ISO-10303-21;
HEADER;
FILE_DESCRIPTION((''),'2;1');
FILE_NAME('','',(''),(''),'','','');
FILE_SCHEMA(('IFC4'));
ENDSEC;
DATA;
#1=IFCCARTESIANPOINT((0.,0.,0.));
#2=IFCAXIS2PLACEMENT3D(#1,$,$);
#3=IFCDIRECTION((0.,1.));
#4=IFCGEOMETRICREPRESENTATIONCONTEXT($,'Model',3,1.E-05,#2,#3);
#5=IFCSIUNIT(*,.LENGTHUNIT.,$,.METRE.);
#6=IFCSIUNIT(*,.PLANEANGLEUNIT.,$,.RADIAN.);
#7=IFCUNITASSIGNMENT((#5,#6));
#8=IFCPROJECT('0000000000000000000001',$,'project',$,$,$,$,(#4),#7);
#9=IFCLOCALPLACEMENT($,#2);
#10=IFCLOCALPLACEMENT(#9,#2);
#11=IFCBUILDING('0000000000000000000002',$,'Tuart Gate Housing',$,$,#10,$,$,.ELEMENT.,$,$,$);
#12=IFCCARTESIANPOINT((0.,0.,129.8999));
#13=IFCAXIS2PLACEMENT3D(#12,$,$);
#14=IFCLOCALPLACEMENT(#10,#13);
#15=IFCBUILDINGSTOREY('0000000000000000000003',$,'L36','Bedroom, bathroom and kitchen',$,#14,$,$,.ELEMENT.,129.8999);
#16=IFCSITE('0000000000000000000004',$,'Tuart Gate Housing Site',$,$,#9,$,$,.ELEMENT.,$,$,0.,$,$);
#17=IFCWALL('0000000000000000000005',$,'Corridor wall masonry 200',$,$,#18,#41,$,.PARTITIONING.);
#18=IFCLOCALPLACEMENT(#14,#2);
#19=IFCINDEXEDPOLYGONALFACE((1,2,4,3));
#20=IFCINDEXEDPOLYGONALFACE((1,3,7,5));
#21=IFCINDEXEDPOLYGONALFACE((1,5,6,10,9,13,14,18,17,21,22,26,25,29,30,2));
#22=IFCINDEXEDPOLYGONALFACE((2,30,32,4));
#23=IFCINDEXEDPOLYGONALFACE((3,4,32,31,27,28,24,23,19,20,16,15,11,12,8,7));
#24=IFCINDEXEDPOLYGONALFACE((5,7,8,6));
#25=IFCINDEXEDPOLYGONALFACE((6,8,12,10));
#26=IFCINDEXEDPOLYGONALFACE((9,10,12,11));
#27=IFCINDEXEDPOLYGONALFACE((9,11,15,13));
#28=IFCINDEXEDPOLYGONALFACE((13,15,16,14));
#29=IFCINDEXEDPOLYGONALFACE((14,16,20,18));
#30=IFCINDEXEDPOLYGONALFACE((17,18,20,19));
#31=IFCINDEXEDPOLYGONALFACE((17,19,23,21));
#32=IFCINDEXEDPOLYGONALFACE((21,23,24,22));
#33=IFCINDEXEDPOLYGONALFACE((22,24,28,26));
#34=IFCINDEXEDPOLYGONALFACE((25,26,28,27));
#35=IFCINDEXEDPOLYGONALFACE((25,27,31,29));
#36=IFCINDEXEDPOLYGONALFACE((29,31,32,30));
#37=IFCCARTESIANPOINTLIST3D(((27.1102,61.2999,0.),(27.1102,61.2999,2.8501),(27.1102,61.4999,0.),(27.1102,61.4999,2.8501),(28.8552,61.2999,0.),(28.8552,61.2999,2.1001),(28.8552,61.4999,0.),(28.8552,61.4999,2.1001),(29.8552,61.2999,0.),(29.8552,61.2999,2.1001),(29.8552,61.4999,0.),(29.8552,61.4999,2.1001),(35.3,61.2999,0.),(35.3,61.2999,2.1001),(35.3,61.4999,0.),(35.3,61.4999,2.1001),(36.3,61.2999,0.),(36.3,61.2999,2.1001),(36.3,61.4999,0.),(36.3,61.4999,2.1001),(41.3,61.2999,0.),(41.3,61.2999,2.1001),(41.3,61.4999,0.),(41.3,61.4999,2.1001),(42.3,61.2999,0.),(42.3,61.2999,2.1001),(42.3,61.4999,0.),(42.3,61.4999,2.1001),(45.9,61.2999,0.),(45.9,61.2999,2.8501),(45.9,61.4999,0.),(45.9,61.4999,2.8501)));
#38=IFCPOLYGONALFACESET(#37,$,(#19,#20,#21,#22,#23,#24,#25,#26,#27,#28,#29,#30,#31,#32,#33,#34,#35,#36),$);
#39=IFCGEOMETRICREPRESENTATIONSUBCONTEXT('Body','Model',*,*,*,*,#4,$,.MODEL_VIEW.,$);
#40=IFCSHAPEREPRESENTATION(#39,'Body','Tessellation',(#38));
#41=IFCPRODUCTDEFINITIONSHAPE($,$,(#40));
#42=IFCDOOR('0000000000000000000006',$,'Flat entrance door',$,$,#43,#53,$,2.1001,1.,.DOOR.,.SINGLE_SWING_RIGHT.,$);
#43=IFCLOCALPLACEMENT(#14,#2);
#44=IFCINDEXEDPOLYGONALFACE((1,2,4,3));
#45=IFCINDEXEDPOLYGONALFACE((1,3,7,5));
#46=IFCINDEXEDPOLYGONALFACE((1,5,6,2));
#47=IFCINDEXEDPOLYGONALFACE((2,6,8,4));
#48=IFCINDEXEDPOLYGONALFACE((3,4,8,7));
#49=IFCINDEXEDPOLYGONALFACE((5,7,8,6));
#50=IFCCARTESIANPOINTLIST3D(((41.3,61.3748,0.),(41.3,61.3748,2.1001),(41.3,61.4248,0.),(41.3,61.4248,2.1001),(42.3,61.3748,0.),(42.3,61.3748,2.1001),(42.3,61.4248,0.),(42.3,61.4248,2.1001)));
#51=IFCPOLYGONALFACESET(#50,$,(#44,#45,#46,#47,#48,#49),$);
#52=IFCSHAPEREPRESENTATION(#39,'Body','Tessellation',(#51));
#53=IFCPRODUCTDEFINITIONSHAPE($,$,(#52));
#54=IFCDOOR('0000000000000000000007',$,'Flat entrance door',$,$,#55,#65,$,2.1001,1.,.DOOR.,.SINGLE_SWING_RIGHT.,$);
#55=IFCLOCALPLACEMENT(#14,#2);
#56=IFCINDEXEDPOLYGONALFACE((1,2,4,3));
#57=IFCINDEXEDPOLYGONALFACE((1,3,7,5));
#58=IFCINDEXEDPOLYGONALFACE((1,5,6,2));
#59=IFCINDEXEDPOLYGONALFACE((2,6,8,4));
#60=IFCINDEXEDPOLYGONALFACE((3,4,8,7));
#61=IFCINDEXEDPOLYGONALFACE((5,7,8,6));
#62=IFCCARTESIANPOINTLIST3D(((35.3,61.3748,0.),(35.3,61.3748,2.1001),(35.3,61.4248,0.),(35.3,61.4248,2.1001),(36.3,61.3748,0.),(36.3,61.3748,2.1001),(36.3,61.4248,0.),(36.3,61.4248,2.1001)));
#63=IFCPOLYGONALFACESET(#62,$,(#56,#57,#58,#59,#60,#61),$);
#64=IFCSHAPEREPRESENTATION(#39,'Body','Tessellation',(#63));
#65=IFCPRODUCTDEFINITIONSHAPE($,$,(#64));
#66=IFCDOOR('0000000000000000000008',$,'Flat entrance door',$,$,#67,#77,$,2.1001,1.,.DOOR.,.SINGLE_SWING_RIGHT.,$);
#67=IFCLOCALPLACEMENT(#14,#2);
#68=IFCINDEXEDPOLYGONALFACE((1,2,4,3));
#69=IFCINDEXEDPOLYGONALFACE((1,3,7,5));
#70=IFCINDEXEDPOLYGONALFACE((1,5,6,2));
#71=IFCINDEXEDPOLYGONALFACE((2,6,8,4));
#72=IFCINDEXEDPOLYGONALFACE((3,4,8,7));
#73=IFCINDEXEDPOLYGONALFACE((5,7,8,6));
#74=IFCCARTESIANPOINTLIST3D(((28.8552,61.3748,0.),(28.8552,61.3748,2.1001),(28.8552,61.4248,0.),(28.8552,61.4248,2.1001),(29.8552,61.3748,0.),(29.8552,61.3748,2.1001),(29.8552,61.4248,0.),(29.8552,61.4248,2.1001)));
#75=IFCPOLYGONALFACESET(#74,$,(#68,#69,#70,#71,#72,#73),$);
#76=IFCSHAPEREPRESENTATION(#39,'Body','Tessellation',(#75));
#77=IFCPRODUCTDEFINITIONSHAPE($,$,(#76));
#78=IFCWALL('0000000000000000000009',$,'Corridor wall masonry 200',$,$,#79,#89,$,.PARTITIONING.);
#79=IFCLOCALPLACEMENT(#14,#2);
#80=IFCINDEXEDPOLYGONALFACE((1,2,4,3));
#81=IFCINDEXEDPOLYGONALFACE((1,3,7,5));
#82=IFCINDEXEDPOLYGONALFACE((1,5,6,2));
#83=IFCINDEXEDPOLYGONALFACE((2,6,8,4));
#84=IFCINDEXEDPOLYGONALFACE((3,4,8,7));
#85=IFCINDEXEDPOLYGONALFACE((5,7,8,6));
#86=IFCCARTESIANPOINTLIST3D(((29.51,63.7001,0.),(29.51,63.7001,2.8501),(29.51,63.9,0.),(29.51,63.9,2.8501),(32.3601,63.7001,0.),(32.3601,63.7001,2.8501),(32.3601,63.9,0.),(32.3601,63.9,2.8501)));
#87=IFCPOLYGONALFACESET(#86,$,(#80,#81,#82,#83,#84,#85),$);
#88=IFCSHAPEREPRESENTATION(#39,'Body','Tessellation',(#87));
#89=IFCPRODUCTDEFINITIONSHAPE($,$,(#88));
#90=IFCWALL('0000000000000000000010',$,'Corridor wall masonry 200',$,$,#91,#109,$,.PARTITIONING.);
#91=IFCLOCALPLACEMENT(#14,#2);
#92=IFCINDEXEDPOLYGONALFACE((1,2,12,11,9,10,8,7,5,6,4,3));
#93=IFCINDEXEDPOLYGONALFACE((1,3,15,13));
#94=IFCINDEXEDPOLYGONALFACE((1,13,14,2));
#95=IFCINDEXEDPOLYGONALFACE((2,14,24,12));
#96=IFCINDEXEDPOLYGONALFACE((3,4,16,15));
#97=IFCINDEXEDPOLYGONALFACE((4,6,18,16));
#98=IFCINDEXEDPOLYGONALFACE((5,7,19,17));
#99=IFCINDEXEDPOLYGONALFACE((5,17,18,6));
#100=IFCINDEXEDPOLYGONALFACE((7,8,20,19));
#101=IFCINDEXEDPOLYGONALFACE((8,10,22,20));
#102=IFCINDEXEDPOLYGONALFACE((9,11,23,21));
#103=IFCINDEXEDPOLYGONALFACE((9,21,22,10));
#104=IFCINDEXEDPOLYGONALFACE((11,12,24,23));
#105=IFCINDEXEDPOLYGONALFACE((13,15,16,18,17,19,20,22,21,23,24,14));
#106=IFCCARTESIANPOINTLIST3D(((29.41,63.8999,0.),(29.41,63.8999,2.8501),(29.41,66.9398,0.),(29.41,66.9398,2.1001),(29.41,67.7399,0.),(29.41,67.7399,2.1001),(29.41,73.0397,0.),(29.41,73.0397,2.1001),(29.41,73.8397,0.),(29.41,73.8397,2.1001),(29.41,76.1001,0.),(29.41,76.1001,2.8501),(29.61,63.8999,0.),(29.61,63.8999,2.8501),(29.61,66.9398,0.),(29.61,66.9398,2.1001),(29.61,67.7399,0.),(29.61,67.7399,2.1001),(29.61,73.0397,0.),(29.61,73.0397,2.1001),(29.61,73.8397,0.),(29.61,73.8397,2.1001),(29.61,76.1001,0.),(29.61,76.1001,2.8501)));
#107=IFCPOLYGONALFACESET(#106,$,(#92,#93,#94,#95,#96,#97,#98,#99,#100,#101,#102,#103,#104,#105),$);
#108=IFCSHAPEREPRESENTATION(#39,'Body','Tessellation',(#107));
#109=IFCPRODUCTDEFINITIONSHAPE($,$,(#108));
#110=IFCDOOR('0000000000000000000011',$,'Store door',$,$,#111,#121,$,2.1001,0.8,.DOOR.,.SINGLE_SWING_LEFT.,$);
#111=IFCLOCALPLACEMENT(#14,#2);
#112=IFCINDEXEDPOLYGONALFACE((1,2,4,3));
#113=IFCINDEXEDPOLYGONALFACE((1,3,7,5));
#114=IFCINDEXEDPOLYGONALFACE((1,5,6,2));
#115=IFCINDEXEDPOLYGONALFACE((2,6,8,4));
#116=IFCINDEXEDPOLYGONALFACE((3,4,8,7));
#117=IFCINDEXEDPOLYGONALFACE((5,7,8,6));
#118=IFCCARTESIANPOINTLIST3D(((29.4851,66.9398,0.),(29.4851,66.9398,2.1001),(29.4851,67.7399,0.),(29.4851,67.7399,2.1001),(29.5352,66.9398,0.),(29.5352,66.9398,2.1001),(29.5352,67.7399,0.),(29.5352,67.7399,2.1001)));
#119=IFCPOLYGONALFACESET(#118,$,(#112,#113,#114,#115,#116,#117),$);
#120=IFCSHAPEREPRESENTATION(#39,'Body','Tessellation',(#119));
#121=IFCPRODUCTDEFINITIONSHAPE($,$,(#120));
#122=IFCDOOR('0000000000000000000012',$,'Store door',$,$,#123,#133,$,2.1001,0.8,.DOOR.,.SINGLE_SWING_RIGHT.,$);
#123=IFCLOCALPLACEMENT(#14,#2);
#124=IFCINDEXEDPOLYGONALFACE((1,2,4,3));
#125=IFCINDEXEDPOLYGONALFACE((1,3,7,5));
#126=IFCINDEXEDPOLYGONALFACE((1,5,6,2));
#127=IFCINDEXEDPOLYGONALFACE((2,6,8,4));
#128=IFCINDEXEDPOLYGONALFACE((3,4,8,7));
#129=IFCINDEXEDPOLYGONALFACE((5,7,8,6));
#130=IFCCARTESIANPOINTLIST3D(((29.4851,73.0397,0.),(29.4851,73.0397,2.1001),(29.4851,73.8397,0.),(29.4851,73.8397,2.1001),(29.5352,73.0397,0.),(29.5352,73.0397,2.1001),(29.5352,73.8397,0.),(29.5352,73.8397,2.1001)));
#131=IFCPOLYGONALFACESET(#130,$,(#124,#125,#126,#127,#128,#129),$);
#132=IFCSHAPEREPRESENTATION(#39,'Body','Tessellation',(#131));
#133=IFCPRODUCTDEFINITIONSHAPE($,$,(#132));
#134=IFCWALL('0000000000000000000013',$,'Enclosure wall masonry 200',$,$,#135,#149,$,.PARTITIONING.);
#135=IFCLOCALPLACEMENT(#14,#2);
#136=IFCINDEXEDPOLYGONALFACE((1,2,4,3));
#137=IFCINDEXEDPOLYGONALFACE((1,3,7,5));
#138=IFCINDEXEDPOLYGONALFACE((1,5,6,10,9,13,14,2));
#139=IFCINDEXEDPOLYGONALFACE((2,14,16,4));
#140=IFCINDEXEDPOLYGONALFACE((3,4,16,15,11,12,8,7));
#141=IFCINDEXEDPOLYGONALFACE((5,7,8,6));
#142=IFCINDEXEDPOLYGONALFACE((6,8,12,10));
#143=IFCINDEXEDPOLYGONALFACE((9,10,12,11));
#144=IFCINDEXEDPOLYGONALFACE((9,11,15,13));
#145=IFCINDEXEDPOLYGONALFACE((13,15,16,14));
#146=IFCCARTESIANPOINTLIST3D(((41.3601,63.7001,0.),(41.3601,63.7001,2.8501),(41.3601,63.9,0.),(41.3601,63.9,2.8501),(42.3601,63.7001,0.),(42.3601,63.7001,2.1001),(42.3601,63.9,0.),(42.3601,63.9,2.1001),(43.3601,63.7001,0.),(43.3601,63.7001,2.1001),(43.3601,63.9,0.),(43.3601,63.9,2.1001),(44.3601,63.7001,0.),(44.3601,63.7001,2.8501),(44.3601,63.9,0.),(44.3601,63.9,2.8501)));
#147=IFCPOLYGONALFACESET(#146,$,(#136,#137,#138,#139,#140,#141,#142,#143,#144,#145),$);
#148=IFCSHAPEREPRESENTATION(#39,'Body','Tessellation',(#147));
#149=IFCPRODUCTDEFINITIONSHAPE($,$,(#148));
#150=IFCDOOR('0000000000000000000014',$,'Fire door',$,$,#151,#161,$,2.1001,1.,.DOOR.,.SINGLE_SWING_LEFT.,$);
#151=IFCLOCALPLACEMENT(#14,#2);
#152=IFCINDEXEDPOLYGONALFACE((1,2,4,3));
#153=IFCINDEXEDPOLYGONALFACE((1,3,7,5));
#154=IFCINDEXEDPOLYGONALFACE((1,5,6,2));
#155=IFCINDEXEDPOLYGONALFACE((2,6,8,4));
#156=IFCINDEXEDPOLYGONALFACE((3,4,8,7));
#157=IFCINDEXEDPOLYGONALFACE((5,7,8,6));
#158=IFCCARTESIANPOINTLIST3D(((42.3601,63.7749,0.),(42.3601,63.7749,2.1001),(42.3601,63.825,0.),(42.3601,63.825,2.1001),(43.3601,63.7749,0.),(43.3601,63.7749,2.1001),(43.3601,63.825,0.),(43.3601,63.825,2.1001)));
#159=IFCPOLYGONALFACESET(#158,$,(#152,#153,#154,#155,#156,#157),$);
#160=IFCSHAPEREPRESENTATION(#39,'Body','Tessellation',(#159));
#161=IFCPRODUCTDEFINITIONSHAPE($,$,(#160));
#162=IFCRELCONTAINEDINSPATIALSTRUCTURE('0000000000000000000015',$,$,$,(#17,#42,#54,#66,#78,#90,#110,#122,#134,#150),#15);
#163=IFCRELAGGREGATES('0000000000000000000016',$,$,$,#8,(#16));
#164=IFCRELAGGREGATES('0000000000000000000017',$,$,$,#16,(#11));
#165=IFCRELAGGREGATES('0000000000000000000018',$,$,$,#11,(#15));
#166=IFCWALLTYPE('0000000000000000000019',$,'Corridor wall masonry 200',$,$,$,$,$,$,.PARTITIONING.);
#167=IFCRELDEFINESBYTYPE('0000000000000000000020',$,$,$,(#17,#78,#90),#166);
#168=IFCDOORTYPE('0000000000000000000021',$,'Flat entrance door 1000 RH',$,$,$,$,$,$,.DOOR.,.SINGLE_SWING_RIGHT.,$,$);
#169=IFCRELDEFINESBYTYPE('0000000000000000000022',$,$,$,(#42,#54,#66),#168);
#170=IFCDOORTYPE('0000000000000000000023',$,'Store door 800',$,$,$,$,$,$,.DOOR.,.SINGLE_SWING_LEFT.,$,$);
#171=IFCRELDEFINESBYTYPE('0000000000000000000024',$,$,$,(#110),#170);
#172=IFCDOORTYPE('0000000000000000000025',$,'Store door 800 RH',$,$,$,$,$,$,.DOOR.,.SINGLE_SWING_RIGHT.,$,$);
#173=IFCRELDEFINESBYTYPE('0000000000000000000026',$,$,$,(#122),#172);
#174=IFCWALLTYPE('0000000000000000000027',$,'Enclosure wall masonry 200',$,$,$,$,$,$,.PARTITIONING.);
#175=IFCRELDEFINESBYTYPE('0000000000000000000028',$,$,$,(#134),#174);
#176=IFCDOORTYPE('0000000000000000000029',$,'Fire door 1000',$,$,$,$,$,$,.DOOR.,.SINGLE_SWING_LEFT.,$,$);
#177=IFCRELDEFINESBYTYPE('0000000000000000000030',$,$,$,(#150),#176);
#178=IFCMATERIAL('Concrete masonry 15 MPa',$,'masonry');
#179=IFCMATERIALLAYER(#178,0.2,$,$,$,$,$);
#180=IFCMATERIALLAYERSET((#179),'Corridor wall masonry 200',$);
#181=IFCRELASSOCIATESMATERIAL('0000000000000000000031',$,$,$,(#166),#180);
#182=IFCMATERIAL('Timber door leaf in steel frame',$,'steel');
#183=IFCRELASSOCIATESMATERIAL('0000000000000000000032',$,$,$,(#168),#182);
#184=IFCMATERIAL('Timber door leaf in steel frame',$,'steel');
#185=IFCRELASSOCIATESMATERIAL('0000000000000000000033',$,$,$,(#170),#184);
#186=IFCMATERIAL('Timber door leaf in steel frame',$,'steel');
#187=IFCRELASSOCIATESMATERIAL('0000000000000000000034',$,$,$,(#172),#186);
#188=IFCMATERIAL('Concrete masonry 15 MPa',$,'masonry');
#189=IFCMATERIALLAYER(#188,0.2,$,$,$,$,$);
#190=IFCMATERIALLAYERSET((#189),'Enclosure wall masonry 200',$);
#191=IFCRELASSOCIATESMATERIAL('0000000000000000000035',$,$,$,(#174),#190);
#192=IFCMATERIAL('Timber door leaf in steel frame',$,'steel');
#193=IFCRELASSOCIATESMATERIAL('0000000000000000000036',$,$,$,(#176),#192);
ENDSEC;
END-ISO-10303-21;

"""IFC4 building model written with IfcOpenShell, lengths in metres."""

from ifc_helpers import new_model, si_unit, direction, frame, frame_2d, origin, place, context, subcontext, project, spatial, rectangle, extrude, material, layer, layer_set, type_object, element, fill, save


model = new_model("IFC4")

# Units and contexts
model_context = context("Model", 3, precision=1e-05, world=origin(), true_north=direction((0.0, 1.0)))
body_context = subcontext(model_context, "Body", "Model", "MODEL_VIEW")
ifc_project = project(units=[si_unit("LENGTHUNIT", "METRE"), si_unit("PLANEANGLEUNIT", "RADIAN")], contexts=[model_context])

# Site, building, storey
site_placement = place(None, origin())
site = spatial("IfcSite", under=ifc_project, at=site_placement, Name="Tuart Gate Housing Site", CompositionType="ELEMENT", RefElevation=0.0)
building_placement = place(site_placement, origin())
building = spatial("IfcBuilding", under=site, at=building_placement, Name="Tuart Gate Housing", CompositionType="ELEMENT")
storey_placement = place(building_placement, frame((0.0, 0.0, 129.8999)))
storey = spatial("IfcBuildingStorey", under=building, at=storey_placement, Name="L36", Description="Bedroom, bathroom and kitchen", CompositionType="ELEMENT", Elevation=129.8999)

# Wall, openings, doors
ifc_material_1 = material(Name="Concrete masonry 15 MPa", Category="masonry")
ifc_layer_1 = layer(ifc_material_1, 0.2)
ifc_layer_set_1 = layer_set([ifc_layer_1], Name="Corridor wall masonry 200")
wall_type_1 = type_object("IfcWallType", Name="Corridor wall masonry 200", PredefinedType="PARTITIONING", material=ifc_layer_set_1)
wall_1_placement = place(storey_placement, frame((27.1101, 61.3999, 0.0), z_axis=(0.0, 0.0, 1.0), x_axis=(1.0, 0.0, 0.0)))
wall_1 = element("IfcWall", 1, at=wall_1_placement, inside=storey, type_object=wall_type_1, Name="Corridor wall masonry 200", PredefinedType="PARTITIONING", context=body_context, shape_type="SweptSolid", body=[
    extrude(rectangle(XDim=18.7898, YDim=0.2, at=frame_2d((9.395, 0.0))), origin(), (0.0, 0.0, 1.0), 2.8501),
])
opening_1_placement = place(wall_1_placement, frame((14.1899, 0.0, 0.0)))
opening_1 = element("IfcOpeningElement", 2, at=opening_1_placement, cuts=wall_1, PredefinedType="OPENING", context=body_context, shape_type="SweptSolid", body=[
    extrude(rectangle(XDim=1.0, YDim=2.1001, at=frame_2d((0.5, 1.05))), frame((0.0, 0.1099, 0.0), z_axis=(0.0, -1.0, 0.0), x_axis=(1.0, 0.0, 0.0)), (0.0, 0.0, 1.0), 0.22),
])
opening_2_placement = place(wall_1_placement, frame((8.1899, 0.0, 0.0)))
opening_2 = element("IfcOpeningElement", 3, at=opening_2_placement, cuts=wall_1, PredefinedType="OPENING", context=body_context, shape_type="SweptSolid", body=[
    extrude(rectangle(XDim=1.0, YDim=2.1001, at=frame_2d((0.5, 1.05))), frame((0.0, 0.1099, 0.0), z_axis=(0.0, -1.0, 0.0), x_axis=(1.0, 0.0, 0.0)), (0.0, 0.0, 1.0), 0.22),
])
opening_3_placement = place(wall_1_placement, frame((1.7451, 0.0, 0.0)))
opening_3 = element("IfcOpeningElement", 4, at=opening_3_placement, cuts=wall_1, PredefinedType="OPENING", context=body_context, shape_type="SweptSolid", body=[
    extrude(rectangle(XDim=1.0, YDim=2.1001, at=frame_2d((0.5, 1.05))), frame((0.0, 0.1099, 0.0), z_axis=(0.0, -1.0, 0.0), x_axis=(1.0, 0.0, 0.0)), (0.0, 0.0, 1.0), 0.22),
])
ifc_material_2 = material(Name="Timber door leaf in steel frame", Category="steel")
door_type_1 = type_object("IfcDoorType", Name="Flat entrance door 1000 RH", OperationType="SINGLE_SWING_RIGHT", PredefinedType="DOOR", material=ifc_material_2)
door_1_placement = place(opening_1_placement, frame((1.0, 0.0, 0.0), z_axis=(0.0, 0.0, 1.0), x_axis=(-1.0, 0.0, 0.0)))
door_1 = element("IfcDoor", 5, at=door_1_placement, inside=storey, type_object=door_type_1, Name="Flat entrance door", OperationType="SINGLE_SWING_RIGHT", OverallHeight=2.1001, OverallWidth=1.0, PredefinedType="DOOR", context=body_context, shape_type="SweptSolid", body=[
    extrude(rectangle(XDim=1.0, YDim=2.1001, at=frame_2d((0.5, 1.05))), frame((0.0, 0.0251, 0.0), z_axis=(0.0, -1.0, 0.0), x_axis=(1.0, 0.0, 0.0)), (0.0, 0.0, 1.0), 0.05),
])
fill(opening_1, door_1)
door_2_placement = place(opening_2_placement, frame((1.0, 0.0, 0.0), z_axis=(0.0, 0.0, 1.0), x_axis=(-1.0, 0.0, 0.0)))
door_2 = element("IfcDoor", 6, at=door_2_placement, inside=storey, type_object=door_type_1, Name="Flat entrance door", OperationType="SINGLE_SWING_RIGHT", OverallHeight=2.1001, OverallWidth=1.0, PredefinedType="DOOR", context=body_context, shape_type="SweptSolid", body=[
    extrude(rectangle(XDim=1.0, YDim=2.1001, at=frame_2d((0.5, 1.05))), frame((0.0, 0.0251, 0.0), z_axis=(0.0, -1.0, 0.0), x_axis=(1.0, 0.0, 0.0)), (0.0, 0.0, 1.0), 0.05),
])
fill(opening_2, door_2)
door_3_placement = place(opening_3_placement, frame((1.0, 0.0, 0.0), z_axis=(0.0, 0.0, 1.0), x_axis=(-1.0, 0.0, 0.0)))
door_3 = element("IfcDoor", 7, at=door_3_placement, inside=storey, type_object=door_type_1, Name="Flat entrance door", OperationType="SINGLE_SWING_RIGHT", OverallHeight=2.1001, OverallWidth=1.0, PredefinedType="DOOR", context=body_context, shape_type="SweptSolid", body=[
    extrude(rectangle(XDim=1.0, YDim=2.1001, at=frame_2d((0.5, 1.05))), frame((0.0, 0.0251, 0.0), z_axis=(0.0, -1.0, 0.0), x_axis=(1.0, 0.0, 0.0)), (0.0, 0.0, 1.0), 0.05),
])
fill(opening_3, door_3)

# Wall
wall_2_placement = place(storey_placement, frame((29.51, 63.8, 0.0), z_axis=(0.0, 0.0, 1.0), x_axis=(1.0, 0.0, 0.0)))
element("IfcWall", 8, at=wall_2_placement, inside=storey, type_object=wall_type_1, Name="Corridor wall masonry 200", PredefinedType="PARTITIONING", context=body_context, shape_type="SweptSolid", body=[
    extrude(rectangle(XDim=2.8501, YDim=0.2, at=frame_2d((1.425, 0.0))), origin(), (0.0, 0.0, 1.0), 2.8501),
])

# Wall, openings, doors
wall_3_placement = place(storey_placement, frame((29.51, 63.8999, 0.0), z_axis=(0.0, 0.0, 1.0), x_axis=(0.0, 1.0, 0.0)))
wall_3 = element("IfcWall", 9, at=wall_3_placement, inside=storey, type_object=wall_type_1, Name="Corridor wall masonry 200", PredefinedType="PARTITIONING", context=body_context, shape_type="SweptSolid", body=[
    extrude(rectangle(XDim=12.2002, YDim=0.2, at=frame_2d((6.1001, 0.0))), origin(), (0.0, 0.0, 1.0), 2.8501),
])
opening_4_placement = place(wall_3_placement, frame((3.04, 0.0, 0.0)))
opening_4 = element("IfcOpeningElement", 10, at=opening_4_placement, cuts=wall_3, PredefinedType="OPENING", context=body_context, shape_type="SweptSolid", body=[
    extrude(rectangle(XDim=0.8, YDim=2.1001, at=frame_2d((0.3999, 1.05))), frame((0.0, 0.1099, 0.0), z_axis=(0.0, -1.0, 0.0), x_axis=(1.0, 0.0, 0.0)), (0.0, 0.0, 1.0), 0.22),
])
opening_5_placement = place(wall_3_placement, frame((9.1399, 0.0, 0.0)))
opening_5 = element("IfcOpeningElement", 11, at=opening_5_placement, cuts=wall_3, PredefinedType="OPENING", context=body_context, shape_type="SweptSolid", body=[
    extrude(rectangle(XDim=0.8, YDim=2.1001, at=frame_2d((0.3999, 1.05))), frame((0.0, 0.1099, 0.0), z_axis=(0.0, -1.0, 0.0), x_axis=(1.0, 0.0, 0.0)), (0.0, 0.0, 1.0), 0.22),
])
ifc_material_3 = material(Name="Timber door leaf in steel frame", Category="steel")
door_type_2 = type_object("IfcDoorType", Name="Store door 800", OperationType="SINGLE_SWING_LEFT", PredefinedType="DOOR", material=ifc_material_3)
door_4_placement = place(opening_4_placement, frame((0.8, 0.0, 0.0), z_axis=(0.0, 0.0, 1.0), x_axis=(-1.0, 0.0, 0.0)))
door_4 = element("IfcDoor", 12, at=door_4_placement, inside=storey, type_object=door_type_2, Name="Store door", OperationType="SINGLE_SWING_LEFT", OverallHeight=2.1001, OverallWidth=0.8, PredefinedType="DOOR", context=body_context, shape_type="SweptSolid", body=[
    extrude(rectangle(XDim=0.8, YDim=2.1001, at=frame_2d((0.4001, 1.05))), frame((0.0, 0.0251, 0.0), z_axis=(0.0, -1.0, 0.0), x_axis=(1.0, 0.0, 0.0)), (0.0, 0.0, 1.0), 0.05),
])
fill(opening_4, door_4)
ifc_material_4 = material(Name="Timber door leaf in steel frame", Category="steel")
door_type_3 = type_object("IfcDoorType", Name="Store door 800 RH", OperationType="SINGLE_SWING_RIGHT", PredefinedType="DOOR", material=ifc_material_4)
door_5_placement = place(opening_5_placement, frame((0.8, 0.0, 0.0), z_axis=(0.0, 0.0, 1.0), x_axis=(-1.0, 0.0, 0.0)))
door_5 = element("IfcDoor", 13, at=door_5_placement, inside=storey, type_object=door_type_3, Name="Store door", OperationType="SINGLE_SWING_RIGHT", OverallHeight=2.1001, OverallWidth=0.8, PredefinedType="DOOR", context=body_context, shape_type="SweptSolid", body=[
    extrude(rectangle(XDim=0.8, YDim=2.1001, at=frame_2d((0.4001, 1.05))), frame((0.0, 0.0251, 0.0), z_axis=(0.0, -1.0, 0.0), x_axis=(1.0, 0.0, 0.0)), (0.0, 0.0, 1.0), 0.05),
])
fill(opening_5, door_5)

# Wall, opening, door
ifc_material_5 = material(Name="Concrete masonry 15 MPa", Category="masonry")
ifc_layer_2 = layer(ifc_material_5, 0.2)
ifc_layer_set_2 = layer_set([ifc_layer_2], Name="Enclosure wall masonry 200")
wall_type_2 = type_object("IfcWallType", Name="Enclosure wall masonry 200", PredefinedType="PARTITIONING", material=ifc_layer_set_2)
wall_4_placement = place(storey_placement, frame((41.3601, 63.8, 0.0), z_axis=(0.0, 0.0, 1.0), x_axis=(1.0, 0.0, 0.0)))
wall_4 = element("IfcWall", 14, at=wall_4_placement, inside=storey, type_object=wall_type_2, Name="Enclosure wall masonry 200", PredefinedType="PARTITIONING", context=body_context, shape_type="SweptSolid", body=[
    extrude(rectangle(XDim=3.0, YDim=0.2, at=frame_2d((1.5, 0.0))), origin(), (0.0, 0.0, 1.0), 2.8501),
])
opening_6_placement = place(wall_4_placement, frame((1.0, 0.0, 0.0)))
opening_6 = element("IfcOpeningElement", 15, at=opening_6_placement, cuts=wall_4, PredefinedType="OPENING", context=body_context, shape_type="SweptSolid", body=[
    extrude(rectangle(XDim=1.0, YDim=2.1001, at=frame_2d((0.5, 1.05))), frame((0.0, 0.1099, 0.0), z_axis=(0.0, -1.0, 0.0), x_axis=(1.0, 0.0, 0.0)), (0.0, 0.0, 1.0), 0.22),
])
ifc_material_6 = material(Name="Timber door leaf in steel frame", Category="steel")
door_type_4 = type_object("IfcDoorType", Name="Fire door 1000", OperationType="SINGLE_SWING_LEFT", PredefinedType="DOOR", material=ifc_material_6)
door_6_placement = place(opening_6_placement, frame((1.0, 0.0, 0.0), z_axis=(0.0, 0.0, 1.0), x_axis=(-1.0, 0.0, 0.0)))
door_6 = element("IfcDoor", 16, at=door_6_placement, inside=storey, type_object=door_type_4, Name="Fire door", OperationType="SINGLE_SWING_LEFT", OverallHeight=2.1001, OverallWidth=1.0, PredefinedType="DOOR", context=body_context, shape_type="SweptSolid", body=[
    extrude(rectangle(XDim=1.0, YDim=2.1001, at=frame_2d((0.5, 1.05))), frame((0.0, 0.0251, 0.0), z_axis=(0.0, -1.0, 0.0), x_axis=(1.0, 0.0, 0.0)), (0.0, 0.0, 1.0), 0.05),
])
fill(opening_6, door_6)

save(model, "model.ifc")
